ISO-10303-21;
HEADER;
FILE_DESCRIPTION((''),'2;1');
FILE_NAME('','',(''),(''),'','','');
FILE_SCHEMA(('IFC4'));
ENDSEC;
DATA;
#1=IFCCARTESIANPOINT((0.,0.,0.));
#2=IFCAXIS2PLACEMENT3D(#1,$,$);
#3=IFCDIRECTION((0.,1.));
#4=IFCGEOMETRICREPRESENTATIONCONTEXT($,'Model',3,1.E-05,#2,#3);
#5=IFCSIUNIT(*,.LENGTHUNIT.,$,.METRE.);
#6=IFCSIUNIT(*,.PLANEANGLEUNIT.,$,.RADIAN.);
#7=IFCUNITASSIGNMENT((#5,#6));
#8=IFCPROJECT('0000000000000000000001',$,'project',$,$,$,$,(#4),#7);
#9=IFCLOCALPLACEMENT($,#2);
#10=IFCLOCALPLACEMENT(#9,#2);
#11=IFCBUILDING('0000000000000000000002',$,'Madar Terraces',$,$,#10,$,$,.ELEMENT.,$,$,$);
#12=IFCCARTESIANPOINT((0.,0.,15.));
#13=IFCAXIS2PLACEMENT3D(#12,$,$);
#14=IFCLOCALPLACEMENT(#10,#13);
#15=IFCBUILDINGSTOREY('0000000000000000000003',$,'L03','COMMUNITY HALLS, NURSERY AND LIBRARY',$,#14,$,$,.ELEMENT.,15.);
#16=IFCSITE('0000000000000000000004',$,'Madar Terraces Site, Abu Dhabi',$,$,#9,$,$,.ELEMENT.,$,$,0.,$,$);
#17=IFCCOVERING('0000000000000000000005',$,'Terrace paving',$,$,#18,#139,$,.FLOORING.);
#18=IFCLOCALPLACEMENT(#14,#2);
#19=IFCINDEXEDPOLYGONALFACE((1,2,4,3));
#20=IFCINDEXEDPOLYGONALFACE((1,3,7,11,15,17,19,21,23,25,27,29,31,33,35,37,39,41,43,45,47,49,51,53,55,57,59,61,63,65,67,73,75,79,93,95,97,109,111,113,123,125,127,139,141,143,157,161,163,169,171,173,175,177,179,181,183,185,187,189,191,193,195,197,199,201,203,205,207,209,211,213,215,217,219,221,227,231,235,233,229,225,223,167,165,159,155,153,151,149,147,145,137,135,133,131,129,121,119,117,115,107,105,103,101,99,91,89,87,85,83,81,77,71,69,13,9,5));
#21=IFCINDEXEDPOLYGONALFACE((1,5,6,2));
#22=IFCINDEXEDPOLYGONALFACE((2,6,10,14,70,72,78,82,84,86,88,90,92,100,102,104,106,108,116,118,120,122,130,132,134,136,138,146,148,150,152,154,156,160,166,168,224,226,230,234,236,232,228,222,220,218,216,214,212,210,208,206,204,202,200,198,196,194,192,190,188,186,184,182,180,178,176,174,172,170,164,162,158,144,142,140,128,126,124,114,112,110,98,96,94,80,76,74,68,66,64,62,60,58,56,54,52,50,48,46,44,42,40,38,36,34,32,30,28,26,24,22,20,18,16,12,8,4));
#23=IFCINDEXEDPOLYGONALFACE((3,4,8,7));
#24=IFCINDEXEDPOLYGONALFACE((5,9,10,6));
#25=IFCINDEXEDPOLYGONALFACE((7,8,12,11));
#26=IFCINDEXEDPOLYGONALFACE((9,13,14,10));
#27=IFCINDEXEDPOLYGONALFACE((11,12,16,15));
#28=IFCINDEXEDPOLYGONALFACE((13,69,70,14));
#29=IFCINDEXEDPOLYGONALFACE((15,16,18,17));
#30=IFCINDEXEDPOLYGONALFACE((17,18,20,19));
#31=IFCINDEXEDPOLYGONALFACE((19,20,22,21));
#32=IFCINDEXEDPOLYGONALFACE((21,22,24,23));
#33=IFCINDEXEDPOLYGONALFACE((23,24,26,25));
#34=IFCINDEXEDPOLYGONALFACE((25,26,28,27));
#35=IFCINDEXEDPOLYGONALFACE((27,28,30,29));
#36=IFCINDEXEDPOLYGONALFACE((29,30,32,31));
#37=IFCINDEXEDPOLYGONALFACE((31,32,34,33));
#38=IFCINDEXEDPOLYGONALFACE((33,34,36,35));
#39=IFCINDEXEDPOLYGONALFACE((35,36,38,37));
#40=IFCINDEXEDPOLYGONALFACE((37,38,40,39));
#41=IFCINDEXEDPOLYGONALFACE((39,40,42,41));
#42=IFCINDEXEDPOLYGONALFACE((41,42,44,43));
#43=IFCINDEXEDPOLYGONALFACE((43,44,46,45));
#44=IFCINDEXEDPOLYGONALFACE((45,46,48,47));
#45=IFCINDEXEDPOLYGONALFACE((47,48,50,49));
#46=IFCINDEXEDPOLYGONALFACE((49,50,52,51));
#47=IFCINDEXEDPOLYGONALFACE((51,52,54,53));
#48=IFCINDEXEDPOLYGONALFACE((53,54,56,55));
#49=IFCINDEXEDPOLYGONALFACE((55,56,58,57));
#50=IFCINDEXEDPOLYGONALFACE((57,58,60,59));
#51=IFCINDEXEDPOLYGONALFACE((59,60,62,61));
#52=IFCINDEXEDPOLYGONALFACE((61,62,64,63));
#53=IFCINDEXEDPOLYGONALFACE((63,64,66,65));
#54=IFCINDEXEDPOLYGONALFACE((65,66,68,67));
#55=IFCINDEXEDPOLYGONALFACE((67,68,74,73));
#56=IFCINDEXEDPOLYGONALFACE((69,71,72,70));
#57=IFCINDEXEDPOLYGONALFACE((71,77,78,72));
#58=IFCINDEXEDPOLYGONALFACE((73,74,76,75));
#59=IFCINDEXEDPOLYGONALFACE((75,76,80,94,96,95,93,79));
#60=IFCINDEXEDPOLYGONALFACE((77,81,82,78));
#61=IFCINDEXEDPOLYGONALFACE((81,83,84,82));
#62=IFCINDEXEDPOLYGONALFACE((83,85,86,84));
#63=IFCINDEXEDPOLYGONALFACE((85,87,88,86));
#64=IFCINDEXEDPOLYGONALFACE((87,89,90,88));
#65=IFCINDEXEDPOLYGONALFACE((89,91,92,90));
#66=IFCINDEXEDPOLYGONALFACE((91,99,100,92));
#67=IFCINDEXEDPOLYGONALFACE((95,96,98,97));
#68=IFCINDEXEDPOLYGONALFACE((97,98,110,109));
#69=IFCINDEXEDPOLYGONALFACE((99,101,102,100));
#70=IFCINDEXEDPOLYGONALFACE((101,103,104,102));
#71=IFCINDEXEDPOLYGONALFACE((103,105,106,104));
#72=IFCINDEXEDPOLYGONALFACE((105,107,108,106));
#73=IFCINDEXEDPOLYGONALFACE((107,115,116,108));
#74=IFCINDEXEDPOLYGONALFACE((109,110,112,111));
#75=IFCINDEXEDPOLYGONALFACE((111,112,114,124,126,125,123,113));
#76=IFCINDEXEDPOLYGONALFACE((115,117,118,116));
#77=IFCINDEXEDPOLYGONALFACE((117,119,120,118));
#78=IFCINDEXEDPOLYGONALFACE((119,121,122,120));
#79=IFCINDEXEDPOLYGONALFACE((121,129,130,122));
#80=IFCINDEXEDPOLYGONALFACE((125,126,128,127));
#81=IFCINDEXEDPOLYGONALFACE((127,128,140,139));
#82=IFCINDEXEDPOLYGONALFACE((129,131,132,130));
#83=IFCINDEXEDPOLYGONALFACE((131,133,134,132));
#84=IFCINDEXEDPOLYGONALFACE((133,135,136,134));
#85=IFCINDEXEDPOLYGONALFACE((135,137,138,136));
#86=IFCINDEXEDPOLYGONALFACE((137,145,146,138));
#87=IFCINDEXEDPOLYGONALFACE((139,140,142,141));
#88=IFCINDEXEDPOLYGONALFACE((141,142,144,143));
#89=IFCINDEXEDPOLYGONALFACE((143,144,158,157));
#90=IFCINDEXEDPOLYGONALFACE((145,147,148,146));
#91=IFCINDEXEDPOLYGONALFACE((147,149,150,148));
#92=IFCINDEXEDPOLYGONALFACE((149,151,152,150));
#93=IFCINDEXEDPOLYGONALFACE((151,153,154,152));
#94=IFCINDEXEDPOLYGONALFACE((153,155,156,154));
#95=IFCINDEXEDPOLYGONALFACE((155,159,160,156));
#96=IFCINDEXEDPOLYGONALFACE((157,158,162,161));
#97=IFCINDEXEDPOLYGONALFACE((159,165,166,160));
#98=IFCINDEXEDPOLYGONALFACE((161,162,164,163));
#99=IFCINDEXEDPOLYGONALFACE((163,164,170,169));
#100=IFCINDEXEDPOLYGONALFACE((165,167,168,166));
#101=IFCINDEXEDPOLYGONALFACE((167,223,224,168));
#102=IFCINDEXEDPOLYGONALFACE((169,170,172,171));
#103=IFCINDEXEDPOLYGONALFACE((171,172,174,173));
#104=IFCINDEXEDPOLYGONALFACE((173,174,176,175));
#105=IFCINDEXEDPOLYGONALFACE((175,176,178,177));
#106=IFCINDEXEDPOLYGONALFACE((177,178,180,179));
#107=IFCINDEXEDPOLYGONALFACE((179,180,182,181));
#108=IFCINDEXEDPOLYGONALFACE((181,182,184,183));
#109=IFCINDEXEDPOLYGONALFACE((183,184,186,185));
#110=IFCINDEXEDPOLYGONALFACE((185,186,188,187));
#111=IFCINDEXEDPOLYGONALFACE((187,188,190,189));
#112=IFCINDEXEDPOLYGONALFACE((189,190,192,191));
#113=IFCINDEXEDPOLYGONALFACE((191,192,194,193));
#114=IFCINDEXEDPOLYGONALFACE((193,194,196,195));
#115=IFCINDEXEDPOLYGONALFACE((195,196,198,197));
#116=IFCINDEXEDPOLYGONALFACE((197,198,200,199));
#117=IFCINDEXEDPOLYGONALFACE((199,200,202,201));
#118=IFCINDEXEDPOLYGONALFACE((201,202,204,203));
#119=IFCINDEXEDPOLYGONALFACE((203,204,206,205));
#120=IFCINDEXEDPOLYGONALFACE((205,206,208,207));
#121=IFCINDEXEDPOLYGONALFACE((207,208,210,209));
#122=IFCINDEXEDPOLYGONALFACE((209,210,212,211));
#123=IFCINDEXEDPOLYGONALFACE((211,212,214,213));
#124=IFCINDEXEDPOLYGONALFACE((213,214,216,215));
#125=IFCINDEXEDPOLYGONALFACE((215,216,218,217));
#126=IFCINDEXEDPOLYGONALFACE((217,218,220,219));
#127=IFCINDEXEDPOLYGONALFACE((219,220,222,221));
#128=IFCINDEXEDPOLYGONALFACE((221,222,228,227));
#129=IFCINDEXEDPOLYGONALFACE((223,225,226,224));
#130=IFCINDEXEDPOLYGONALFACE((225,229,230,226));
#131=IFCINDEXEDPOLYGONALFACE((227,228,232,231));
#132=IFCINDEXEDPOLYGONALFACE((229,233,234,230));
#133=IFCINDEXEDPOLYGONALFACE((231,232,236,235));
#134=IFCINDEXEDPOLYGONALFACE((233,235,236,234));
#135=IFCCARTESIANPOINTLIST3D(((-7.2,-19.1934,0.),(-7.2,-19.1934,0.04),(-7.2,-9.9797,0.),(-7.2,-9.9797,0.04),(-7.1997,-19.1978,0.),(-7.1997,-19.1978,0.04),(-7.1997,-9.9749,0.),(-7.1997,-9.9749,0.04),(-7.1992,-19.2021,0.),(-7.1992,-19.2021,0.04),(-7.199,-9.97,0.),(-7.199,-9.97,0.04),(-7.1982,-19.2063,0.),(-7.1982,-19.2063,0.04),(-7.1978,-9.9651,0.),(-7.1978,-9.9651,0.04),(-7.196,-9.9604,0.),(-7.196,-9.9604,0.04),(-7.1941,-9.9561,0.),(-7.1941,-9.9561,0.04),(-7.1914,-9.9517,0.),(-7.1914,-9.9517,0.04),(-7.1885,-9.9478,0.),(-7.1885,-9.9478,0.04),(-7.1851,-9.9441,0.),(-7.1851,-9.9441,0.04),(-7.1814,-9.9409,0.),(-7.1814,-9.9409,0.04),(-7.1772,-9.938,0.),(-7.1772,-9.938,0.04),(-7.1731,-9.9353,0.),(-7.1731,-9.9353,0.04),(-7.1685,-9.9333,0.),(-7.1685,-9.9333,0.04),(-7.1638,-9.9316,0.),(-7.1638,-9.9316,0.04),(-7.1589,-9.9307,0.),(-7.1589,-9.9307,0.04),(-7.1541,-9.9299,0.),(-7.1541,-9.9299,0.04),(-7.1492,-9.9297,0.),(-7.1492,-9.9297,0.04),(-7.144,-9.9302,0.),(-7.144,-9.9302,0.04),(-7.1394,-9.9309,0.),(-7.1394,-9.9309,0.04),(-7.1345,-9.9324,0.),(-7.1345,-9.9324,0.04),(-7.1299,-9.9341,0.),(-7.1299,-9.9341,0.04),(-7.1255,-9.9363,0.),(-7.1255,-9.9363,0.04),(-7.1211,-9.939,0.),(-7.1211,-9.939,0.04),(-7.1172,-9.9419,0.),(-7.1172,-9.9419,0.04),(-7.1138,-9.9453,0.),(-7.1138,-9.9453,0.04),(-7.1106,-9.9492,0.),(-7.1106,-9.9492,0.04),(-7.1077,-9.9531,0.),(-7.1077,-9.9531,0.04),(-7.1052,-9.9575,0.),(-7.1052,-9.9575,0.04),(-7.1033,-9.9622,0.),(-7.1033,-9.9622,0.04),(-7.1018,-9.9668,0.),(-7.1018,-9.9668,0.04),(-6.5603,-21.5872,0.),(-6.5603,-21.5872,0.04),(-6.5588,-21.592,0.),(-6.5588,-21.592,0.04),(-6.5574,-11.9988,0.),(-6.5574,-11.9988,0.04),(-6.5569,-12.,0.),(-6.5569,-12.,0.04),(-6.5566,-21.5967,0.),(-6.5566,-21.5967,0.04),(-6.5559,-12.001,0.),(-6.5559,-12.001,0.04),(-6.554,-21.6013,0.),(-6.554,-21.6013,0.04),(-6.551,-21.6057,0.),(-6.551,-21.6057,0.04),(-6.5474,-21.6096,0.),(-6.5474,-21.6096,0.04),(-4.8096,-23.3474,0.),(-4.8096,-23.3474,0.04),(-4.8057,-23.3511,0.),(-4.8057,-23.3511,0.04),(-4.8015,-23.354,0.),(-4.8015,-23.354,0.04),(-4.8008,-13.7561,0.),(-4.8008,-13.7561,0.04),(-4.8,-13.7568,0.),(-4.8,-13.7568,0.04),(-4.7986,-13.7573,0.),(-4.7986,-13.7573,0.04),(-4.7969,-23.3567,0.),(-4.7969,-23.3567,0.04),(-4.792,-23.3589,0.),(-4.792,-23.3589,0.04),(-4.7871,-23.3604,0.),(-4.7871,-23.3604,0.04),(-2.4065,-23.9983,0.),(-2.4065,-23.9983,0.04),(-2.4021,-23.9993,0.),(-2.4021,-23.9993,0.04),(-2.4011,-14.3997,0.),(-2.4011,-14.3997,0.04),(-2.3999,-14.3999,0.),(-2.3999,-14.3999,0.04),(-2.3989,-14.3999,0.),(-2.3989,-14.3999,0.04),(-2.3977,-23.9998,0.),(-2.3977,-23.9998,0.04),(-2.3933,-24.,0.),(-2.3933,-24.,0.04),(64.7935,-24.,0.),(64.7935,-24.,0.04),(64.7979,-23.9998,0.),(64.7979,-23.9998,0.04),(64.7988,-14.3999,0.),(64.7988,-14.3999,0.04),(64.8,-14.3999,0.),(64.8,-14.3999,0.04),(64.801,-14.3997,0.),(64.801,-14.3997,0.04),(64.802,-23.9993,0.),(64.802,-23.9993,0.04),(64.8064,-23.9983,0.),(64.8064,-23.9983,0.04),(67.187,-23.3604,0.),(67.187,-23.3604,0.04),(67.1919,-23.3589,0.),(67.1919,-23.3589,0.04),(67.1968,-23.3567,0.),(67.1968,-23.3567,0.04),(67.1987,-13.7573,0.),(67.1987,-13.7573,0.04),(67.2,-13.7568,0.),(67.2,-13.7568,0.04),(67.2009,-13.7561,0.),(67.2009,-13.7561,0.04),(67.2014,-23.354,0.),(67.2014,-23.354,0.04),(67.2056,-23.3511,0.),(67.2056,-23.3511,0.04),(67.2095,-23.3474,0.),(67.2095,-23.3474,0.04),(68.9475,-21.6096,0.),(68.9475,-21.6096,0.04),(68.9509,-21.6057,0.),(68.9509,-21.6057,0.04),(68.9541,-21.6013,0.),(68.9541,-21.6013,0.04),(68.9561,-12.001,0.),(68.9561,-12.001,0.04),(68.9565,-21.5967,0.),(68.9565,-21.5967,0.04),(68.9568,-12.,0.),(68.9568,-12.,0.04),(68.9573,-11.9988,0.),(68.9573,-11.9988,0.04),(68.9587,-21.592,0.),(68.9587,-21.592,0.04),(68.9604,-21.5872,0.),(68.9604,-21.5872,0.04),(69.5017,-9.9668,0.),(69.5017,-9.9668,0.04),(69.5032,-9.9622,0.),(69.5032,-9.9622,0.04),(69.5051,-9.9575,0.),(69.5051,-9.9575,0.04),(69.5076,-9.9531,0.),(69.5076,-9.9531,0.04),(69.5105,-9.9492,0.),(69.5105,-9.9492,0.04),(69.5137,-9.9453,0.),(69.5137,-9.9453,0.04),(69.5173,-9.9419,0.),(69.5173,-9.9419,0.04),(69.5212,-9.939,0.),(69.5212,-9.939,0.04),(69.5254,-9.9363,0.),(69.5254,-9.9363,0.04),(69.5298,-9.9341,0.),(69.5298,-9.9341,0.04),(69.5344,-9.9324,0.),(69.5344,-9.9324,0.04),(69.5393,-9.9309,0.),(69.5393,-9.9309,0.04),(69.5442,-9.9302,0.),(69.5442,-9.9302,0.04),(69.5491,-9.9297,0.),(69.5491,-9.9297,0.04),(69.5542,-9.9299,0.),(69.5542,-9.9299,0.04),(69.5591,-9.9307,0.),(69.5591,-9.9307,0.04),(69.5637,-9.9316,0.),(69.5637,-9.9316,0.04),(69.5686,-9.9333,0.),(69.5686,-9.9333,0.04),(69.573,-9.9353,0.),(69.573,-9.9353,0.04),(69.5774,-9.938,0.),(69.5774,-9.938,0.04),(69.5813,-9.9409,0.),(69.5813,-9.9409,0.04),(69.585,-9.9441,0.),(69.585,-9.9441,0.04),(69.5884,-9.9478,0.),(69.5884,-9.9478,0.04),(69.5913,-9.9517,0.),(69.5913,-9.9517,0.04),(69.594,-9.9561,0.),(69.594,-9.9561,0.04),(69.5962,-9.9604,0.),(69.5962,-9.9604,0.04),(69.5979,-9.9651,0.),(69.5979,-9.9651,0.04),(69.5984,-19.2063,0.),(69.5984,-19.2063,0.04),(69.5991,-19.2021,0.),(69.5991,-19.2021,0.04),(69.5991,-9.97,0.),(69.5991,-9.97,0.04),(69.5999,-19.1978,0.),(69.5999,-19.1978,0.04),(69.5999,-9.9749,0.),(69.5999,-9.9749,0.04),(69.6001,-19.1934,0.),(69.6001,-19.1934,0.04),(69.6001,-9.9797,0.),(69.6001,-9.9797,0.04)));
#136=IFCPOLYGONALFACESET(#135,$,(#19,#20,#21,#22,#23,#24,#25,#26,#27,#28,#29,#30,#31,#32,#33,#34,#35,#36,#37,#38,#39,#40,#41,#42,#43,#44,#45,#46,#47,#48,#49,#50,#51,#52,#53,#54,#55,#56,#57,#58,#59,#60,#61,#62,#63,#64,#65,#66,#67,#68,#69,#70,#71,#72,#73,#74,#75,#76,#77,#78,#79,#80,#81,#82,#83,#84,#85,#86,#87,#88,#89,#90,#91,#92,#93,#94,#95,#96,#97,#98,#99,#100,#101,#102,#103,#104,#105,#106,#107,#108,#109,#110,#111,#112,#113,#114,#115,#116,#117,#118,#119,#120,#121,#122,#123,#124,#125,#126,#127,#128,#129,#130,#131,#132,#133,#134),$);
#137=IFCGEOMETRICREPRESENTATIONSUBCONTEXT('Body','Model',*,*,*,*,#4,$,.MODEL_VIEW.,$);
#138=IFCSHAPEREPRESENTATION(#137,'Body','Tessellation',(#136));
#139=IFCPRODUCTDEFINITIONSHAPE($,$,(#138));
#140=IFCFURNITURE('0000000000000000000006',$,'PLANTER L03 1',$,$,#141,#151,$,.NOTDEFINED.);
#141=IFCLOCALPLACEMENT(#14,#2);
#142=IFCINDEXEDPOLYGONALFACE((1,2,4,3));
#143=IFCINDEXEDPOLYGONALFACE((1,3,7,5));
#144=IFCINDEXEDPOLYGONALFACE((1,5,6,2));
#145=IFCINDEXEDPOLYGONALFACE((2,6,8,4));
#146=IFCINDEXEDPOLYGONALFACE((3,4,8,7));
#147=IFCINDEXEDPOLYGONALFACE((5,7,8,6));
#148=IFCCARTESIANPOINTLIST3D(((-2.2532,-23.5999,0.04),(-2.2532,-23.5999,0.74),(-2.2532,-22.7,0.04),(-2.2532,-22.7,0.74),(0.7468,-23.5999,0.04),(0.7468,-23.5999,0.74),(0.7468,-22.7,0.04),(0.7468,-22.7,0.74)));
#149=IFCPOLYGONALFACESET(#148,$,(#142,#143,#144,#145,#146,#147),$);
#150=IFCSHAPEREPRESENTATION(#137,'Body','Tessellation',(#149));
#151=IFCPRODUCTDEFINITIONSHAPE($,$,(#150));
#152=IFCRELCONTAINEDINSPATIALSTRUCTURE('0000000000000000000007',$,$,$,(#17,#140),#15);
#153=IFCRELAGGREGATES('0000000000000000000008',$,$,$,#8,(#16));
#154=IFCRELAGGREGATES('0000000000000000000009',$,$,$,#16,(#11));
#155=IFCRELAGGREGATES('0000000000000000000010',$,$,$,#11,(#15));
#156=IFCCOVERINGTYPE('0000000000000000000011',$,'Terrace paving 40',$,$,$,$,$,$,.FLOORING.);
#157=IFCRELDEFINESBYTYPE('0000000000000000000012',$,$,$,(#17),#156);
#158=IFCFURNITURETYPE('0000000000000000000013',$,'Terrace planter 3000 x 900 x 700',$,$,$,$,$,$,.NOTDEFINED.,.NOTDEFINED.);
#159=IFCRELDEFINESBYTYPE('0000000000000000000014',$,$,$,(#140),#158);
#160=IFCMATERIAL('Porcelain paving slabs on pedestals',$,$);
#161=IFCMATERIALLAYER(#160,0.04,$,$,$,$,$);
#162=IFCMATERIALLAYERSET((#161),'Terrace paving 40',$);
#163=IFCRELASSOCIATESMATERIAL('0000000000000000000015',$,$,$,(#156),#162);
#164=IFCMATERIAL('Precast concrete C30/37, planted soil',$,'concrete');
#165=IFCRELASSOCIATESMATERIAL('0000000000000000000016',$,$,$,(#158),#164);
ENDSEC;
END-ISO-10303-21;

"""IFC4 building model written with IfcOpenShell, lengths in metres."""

from ifc_helpers import new_model, si_unit, direction, frame, origin, origin_2d, place, context, subcontext, project, spatial, polyline, rectangle, outline, extrude, material, layer, layer_set, type_object, element, save


model = new_model("IFC4")

# Units and contexts
model_context = context("Model", 3, precision=1e-05, world=origin(), true_north=direction((0.0, 1.0)))
body_context = subcontext(model_context, "Body", "Model", "MODEL_VIEW")
ifc_project = project(units=[si_unit("LENGTHUNIT", "METRE"), si_unit("PLANEANGLEUNIT", "RADIAN")], contexts=[model_context])

# Site, building, storey
site_placement = place(None, origin())
site = spatial("IfcSite", under=ifc_project, at=site_placement, Name="Madar Terraces Site, Abu Dhabi", CompositionType="ELEMENT", RefElevation=0.0)
building_placement = place(site_placement, origin())
building = spatial("IfcBuilding", under=site, at=building_placement, Name="Madar Terraces", CompositionType="ELEMENT")
storey_placement = place(building_placement, frame((0.0, 0.0, 15.0)))
storey = spatial("IfcBuildingStorey", under=building, at=storey_placement, Name="L03", Description="COMMUNITY HALLS, NURSERY AND LIBRARY", CompositionType="ELEMENT", Elevation=15.0)

# Covering
ifc_material_1 = material(Name="Porcelain paving slabs on pedestals")
ifc_layer_1 = layer(ifc_material_1, 0.04)
ifc_layer_set_1 = layer_set([ifc_layer_1], Name="Terrace paving 40")
covering_type = type_object("IfcCoveringType", Name="Terrace paving 40", PredefinedType="FLOORING", material=ifc_layer_set_1)
covering_placement = place(storey_placement, origin())
element("IfcCovering", 1, at=covering_placement, inside=storey, type_object=covering_type, Name="Terrace paving", PredefinedType="FLOORING", context=body_context, shape_type="SweptSolid", body=[
    extrude(outline(polyline([(-6.5569, -12.0), (-6.5559, -12.001), (-4.8008, -13.7561), (-4.8, -13.7568), (-4.7986, -13.7573), (-2.4011, -14.3997), (-2.3999, -14.3999), (-2.3989, -14.3999), (64.7988, -14.3999), (64.8, -14.3999), (64.801, -14.3997), (67.1987, -13.7573), (67.2, -13.7568), (67.2009, -13.7561), (68.9561, -12.001), (68.9568, -12.0), (68.9573, -11.9988), (69.5017, -9.9668), (69.5032, -9.9622), (69.5051, -9.9575), (69.5076, -9.9531), (69.5105, -9.9492), (69.5137, -9.9453), (69.5173, -9.9419), (69.5212, -9.939), (69.5254, -9.9363), (69.5298, -9.9341), (69.5344, -9.9324), (69.5393, -9.9309), (69.5442, -9.9302), (69.5491, -9.9297), (69.5542, -9.9299), (69.5591, -9.9307), (69.5637, -9.9316), (69.5686, -9.9333), (69.573, -9.9353), (69.5774, -9.938), (69.5813, -9.9409), (69.585, -9.9441), (69.5884, -9.9478), (69.5913, -9.9517), (69.594, -9.9561), (69.5962, -9.9604), (69.5979, -9.9651), (69.5991, -9.97), (69.5999, -9.9749), (69.6001, -9.9797), (69.6001, -19.1934), (69.5999, -19.1978), (69.5991, -19.2021), (69.5984, -19.2063), (68.9604, -21.5872), (68.9587, -21.592), (68.9565, -21.5967), (68.9541, -21.6013), (68.9509, -21.6057), (68.9475, -21.6096), (67.2095, -23.3474), (67.2056, -23.3511), (67.2014, -23.354), (67.1968, -23.3567), (67.1919, -23.3589), (67.187, -23.3604), (64.8064, -23.9983), (64.802, -23.9993), (64.7979, -23.9998), (64.7935, -24.0), (-2.3933, -24.0), (-2.3977, -23.9998), (-2.4021, -23.9993), (-2.4065, -23.9983), (-4.7871, -23.3604), (-4.792, -23.3589), (-4.7969, -23.3567), (-4.8015, -23.354), (-4.8057, -23.3511), (-4.8096, -23.3474), (-6.5474, -21.6096), (-6.551, -21.6057), (-6.554, -21.6013), (-6.5566, -21.5967), (-6.5588, -21.592), (-6.5603, -21.5872), (-7.1982, -19.2063), (-7.1992, -19.2021), (-7.1997, -19.1978), (-7.2, -19.1934), (-7.2, -9.9797), (-7.1997, -9.9749), (-7.199, -9.97), (-7.1978, -9.9651), (-7.196, -9.9604), (-7.1941, -9.9561), (-7.1914, -9.9517), (-7.1885, -9.9478), (-7.1851, -9.9441), (-7.1814, -9.9409), (-7.1772, -9.938), (-7.1731, -9.9353), (-7.1685, -9.9333), (-7.1638, -9.9316), (-7.1589, -9.9307), (-7.1541, -9.9299), (-7.1492, -9.9297), (-7.144, -9.9302), (-7.1394, -9.9309), (-7.1345, -9.9324), (-7.1299, -9.9341), (-7.1255, -9.9363), (-7.1211, -9.939), (-7.1172, -9.9419), (-7.1138, -9.9453), (-7.1106, -9.9492), (-7.1077, -9.9531), (-7.1052, -9.9575), (-7.1033, -9.9622), (-7.1018, -9.9668), (-6.5574, -11.9988), (-6.5569, -12.0)])), origin(), (0.0, 0.0, 1.0), 0.04),
])

# Furniture
ifc_material_2 = material(Name="Precast concrete C30/37, planted soil", Category="concrete")
furniture_type = type_object("IfcFurnitureType", Name="Terrace planter 3000 x 900 x 700", AssemblyPlace="NOTDEFINED", PredefinedType="NOTDEFINED", material=ifc_material_2)
furniture_placement = place(storey_placement, frame((-0.7532, -23.1499, 0.04), z_axis=(0.0, 0.0, 1.0), x_axis=(1.0, 0.0, 0.0)))
element("IfcFurniture", 2, at=furniture_placement, inside=storey, type_object=furniture_type, Name="PLANTER L03 1", PredefinedType="NOTDEFINED", context=body_context, shape_type="SweptSolid", body=[
    extrude(rectangle(XDim=3.0, YDim=0.8999, at=origin_2d()), origin(), (0.0, 0.0, 1.0), 0.7),
])

save(model, "model.ifc")
